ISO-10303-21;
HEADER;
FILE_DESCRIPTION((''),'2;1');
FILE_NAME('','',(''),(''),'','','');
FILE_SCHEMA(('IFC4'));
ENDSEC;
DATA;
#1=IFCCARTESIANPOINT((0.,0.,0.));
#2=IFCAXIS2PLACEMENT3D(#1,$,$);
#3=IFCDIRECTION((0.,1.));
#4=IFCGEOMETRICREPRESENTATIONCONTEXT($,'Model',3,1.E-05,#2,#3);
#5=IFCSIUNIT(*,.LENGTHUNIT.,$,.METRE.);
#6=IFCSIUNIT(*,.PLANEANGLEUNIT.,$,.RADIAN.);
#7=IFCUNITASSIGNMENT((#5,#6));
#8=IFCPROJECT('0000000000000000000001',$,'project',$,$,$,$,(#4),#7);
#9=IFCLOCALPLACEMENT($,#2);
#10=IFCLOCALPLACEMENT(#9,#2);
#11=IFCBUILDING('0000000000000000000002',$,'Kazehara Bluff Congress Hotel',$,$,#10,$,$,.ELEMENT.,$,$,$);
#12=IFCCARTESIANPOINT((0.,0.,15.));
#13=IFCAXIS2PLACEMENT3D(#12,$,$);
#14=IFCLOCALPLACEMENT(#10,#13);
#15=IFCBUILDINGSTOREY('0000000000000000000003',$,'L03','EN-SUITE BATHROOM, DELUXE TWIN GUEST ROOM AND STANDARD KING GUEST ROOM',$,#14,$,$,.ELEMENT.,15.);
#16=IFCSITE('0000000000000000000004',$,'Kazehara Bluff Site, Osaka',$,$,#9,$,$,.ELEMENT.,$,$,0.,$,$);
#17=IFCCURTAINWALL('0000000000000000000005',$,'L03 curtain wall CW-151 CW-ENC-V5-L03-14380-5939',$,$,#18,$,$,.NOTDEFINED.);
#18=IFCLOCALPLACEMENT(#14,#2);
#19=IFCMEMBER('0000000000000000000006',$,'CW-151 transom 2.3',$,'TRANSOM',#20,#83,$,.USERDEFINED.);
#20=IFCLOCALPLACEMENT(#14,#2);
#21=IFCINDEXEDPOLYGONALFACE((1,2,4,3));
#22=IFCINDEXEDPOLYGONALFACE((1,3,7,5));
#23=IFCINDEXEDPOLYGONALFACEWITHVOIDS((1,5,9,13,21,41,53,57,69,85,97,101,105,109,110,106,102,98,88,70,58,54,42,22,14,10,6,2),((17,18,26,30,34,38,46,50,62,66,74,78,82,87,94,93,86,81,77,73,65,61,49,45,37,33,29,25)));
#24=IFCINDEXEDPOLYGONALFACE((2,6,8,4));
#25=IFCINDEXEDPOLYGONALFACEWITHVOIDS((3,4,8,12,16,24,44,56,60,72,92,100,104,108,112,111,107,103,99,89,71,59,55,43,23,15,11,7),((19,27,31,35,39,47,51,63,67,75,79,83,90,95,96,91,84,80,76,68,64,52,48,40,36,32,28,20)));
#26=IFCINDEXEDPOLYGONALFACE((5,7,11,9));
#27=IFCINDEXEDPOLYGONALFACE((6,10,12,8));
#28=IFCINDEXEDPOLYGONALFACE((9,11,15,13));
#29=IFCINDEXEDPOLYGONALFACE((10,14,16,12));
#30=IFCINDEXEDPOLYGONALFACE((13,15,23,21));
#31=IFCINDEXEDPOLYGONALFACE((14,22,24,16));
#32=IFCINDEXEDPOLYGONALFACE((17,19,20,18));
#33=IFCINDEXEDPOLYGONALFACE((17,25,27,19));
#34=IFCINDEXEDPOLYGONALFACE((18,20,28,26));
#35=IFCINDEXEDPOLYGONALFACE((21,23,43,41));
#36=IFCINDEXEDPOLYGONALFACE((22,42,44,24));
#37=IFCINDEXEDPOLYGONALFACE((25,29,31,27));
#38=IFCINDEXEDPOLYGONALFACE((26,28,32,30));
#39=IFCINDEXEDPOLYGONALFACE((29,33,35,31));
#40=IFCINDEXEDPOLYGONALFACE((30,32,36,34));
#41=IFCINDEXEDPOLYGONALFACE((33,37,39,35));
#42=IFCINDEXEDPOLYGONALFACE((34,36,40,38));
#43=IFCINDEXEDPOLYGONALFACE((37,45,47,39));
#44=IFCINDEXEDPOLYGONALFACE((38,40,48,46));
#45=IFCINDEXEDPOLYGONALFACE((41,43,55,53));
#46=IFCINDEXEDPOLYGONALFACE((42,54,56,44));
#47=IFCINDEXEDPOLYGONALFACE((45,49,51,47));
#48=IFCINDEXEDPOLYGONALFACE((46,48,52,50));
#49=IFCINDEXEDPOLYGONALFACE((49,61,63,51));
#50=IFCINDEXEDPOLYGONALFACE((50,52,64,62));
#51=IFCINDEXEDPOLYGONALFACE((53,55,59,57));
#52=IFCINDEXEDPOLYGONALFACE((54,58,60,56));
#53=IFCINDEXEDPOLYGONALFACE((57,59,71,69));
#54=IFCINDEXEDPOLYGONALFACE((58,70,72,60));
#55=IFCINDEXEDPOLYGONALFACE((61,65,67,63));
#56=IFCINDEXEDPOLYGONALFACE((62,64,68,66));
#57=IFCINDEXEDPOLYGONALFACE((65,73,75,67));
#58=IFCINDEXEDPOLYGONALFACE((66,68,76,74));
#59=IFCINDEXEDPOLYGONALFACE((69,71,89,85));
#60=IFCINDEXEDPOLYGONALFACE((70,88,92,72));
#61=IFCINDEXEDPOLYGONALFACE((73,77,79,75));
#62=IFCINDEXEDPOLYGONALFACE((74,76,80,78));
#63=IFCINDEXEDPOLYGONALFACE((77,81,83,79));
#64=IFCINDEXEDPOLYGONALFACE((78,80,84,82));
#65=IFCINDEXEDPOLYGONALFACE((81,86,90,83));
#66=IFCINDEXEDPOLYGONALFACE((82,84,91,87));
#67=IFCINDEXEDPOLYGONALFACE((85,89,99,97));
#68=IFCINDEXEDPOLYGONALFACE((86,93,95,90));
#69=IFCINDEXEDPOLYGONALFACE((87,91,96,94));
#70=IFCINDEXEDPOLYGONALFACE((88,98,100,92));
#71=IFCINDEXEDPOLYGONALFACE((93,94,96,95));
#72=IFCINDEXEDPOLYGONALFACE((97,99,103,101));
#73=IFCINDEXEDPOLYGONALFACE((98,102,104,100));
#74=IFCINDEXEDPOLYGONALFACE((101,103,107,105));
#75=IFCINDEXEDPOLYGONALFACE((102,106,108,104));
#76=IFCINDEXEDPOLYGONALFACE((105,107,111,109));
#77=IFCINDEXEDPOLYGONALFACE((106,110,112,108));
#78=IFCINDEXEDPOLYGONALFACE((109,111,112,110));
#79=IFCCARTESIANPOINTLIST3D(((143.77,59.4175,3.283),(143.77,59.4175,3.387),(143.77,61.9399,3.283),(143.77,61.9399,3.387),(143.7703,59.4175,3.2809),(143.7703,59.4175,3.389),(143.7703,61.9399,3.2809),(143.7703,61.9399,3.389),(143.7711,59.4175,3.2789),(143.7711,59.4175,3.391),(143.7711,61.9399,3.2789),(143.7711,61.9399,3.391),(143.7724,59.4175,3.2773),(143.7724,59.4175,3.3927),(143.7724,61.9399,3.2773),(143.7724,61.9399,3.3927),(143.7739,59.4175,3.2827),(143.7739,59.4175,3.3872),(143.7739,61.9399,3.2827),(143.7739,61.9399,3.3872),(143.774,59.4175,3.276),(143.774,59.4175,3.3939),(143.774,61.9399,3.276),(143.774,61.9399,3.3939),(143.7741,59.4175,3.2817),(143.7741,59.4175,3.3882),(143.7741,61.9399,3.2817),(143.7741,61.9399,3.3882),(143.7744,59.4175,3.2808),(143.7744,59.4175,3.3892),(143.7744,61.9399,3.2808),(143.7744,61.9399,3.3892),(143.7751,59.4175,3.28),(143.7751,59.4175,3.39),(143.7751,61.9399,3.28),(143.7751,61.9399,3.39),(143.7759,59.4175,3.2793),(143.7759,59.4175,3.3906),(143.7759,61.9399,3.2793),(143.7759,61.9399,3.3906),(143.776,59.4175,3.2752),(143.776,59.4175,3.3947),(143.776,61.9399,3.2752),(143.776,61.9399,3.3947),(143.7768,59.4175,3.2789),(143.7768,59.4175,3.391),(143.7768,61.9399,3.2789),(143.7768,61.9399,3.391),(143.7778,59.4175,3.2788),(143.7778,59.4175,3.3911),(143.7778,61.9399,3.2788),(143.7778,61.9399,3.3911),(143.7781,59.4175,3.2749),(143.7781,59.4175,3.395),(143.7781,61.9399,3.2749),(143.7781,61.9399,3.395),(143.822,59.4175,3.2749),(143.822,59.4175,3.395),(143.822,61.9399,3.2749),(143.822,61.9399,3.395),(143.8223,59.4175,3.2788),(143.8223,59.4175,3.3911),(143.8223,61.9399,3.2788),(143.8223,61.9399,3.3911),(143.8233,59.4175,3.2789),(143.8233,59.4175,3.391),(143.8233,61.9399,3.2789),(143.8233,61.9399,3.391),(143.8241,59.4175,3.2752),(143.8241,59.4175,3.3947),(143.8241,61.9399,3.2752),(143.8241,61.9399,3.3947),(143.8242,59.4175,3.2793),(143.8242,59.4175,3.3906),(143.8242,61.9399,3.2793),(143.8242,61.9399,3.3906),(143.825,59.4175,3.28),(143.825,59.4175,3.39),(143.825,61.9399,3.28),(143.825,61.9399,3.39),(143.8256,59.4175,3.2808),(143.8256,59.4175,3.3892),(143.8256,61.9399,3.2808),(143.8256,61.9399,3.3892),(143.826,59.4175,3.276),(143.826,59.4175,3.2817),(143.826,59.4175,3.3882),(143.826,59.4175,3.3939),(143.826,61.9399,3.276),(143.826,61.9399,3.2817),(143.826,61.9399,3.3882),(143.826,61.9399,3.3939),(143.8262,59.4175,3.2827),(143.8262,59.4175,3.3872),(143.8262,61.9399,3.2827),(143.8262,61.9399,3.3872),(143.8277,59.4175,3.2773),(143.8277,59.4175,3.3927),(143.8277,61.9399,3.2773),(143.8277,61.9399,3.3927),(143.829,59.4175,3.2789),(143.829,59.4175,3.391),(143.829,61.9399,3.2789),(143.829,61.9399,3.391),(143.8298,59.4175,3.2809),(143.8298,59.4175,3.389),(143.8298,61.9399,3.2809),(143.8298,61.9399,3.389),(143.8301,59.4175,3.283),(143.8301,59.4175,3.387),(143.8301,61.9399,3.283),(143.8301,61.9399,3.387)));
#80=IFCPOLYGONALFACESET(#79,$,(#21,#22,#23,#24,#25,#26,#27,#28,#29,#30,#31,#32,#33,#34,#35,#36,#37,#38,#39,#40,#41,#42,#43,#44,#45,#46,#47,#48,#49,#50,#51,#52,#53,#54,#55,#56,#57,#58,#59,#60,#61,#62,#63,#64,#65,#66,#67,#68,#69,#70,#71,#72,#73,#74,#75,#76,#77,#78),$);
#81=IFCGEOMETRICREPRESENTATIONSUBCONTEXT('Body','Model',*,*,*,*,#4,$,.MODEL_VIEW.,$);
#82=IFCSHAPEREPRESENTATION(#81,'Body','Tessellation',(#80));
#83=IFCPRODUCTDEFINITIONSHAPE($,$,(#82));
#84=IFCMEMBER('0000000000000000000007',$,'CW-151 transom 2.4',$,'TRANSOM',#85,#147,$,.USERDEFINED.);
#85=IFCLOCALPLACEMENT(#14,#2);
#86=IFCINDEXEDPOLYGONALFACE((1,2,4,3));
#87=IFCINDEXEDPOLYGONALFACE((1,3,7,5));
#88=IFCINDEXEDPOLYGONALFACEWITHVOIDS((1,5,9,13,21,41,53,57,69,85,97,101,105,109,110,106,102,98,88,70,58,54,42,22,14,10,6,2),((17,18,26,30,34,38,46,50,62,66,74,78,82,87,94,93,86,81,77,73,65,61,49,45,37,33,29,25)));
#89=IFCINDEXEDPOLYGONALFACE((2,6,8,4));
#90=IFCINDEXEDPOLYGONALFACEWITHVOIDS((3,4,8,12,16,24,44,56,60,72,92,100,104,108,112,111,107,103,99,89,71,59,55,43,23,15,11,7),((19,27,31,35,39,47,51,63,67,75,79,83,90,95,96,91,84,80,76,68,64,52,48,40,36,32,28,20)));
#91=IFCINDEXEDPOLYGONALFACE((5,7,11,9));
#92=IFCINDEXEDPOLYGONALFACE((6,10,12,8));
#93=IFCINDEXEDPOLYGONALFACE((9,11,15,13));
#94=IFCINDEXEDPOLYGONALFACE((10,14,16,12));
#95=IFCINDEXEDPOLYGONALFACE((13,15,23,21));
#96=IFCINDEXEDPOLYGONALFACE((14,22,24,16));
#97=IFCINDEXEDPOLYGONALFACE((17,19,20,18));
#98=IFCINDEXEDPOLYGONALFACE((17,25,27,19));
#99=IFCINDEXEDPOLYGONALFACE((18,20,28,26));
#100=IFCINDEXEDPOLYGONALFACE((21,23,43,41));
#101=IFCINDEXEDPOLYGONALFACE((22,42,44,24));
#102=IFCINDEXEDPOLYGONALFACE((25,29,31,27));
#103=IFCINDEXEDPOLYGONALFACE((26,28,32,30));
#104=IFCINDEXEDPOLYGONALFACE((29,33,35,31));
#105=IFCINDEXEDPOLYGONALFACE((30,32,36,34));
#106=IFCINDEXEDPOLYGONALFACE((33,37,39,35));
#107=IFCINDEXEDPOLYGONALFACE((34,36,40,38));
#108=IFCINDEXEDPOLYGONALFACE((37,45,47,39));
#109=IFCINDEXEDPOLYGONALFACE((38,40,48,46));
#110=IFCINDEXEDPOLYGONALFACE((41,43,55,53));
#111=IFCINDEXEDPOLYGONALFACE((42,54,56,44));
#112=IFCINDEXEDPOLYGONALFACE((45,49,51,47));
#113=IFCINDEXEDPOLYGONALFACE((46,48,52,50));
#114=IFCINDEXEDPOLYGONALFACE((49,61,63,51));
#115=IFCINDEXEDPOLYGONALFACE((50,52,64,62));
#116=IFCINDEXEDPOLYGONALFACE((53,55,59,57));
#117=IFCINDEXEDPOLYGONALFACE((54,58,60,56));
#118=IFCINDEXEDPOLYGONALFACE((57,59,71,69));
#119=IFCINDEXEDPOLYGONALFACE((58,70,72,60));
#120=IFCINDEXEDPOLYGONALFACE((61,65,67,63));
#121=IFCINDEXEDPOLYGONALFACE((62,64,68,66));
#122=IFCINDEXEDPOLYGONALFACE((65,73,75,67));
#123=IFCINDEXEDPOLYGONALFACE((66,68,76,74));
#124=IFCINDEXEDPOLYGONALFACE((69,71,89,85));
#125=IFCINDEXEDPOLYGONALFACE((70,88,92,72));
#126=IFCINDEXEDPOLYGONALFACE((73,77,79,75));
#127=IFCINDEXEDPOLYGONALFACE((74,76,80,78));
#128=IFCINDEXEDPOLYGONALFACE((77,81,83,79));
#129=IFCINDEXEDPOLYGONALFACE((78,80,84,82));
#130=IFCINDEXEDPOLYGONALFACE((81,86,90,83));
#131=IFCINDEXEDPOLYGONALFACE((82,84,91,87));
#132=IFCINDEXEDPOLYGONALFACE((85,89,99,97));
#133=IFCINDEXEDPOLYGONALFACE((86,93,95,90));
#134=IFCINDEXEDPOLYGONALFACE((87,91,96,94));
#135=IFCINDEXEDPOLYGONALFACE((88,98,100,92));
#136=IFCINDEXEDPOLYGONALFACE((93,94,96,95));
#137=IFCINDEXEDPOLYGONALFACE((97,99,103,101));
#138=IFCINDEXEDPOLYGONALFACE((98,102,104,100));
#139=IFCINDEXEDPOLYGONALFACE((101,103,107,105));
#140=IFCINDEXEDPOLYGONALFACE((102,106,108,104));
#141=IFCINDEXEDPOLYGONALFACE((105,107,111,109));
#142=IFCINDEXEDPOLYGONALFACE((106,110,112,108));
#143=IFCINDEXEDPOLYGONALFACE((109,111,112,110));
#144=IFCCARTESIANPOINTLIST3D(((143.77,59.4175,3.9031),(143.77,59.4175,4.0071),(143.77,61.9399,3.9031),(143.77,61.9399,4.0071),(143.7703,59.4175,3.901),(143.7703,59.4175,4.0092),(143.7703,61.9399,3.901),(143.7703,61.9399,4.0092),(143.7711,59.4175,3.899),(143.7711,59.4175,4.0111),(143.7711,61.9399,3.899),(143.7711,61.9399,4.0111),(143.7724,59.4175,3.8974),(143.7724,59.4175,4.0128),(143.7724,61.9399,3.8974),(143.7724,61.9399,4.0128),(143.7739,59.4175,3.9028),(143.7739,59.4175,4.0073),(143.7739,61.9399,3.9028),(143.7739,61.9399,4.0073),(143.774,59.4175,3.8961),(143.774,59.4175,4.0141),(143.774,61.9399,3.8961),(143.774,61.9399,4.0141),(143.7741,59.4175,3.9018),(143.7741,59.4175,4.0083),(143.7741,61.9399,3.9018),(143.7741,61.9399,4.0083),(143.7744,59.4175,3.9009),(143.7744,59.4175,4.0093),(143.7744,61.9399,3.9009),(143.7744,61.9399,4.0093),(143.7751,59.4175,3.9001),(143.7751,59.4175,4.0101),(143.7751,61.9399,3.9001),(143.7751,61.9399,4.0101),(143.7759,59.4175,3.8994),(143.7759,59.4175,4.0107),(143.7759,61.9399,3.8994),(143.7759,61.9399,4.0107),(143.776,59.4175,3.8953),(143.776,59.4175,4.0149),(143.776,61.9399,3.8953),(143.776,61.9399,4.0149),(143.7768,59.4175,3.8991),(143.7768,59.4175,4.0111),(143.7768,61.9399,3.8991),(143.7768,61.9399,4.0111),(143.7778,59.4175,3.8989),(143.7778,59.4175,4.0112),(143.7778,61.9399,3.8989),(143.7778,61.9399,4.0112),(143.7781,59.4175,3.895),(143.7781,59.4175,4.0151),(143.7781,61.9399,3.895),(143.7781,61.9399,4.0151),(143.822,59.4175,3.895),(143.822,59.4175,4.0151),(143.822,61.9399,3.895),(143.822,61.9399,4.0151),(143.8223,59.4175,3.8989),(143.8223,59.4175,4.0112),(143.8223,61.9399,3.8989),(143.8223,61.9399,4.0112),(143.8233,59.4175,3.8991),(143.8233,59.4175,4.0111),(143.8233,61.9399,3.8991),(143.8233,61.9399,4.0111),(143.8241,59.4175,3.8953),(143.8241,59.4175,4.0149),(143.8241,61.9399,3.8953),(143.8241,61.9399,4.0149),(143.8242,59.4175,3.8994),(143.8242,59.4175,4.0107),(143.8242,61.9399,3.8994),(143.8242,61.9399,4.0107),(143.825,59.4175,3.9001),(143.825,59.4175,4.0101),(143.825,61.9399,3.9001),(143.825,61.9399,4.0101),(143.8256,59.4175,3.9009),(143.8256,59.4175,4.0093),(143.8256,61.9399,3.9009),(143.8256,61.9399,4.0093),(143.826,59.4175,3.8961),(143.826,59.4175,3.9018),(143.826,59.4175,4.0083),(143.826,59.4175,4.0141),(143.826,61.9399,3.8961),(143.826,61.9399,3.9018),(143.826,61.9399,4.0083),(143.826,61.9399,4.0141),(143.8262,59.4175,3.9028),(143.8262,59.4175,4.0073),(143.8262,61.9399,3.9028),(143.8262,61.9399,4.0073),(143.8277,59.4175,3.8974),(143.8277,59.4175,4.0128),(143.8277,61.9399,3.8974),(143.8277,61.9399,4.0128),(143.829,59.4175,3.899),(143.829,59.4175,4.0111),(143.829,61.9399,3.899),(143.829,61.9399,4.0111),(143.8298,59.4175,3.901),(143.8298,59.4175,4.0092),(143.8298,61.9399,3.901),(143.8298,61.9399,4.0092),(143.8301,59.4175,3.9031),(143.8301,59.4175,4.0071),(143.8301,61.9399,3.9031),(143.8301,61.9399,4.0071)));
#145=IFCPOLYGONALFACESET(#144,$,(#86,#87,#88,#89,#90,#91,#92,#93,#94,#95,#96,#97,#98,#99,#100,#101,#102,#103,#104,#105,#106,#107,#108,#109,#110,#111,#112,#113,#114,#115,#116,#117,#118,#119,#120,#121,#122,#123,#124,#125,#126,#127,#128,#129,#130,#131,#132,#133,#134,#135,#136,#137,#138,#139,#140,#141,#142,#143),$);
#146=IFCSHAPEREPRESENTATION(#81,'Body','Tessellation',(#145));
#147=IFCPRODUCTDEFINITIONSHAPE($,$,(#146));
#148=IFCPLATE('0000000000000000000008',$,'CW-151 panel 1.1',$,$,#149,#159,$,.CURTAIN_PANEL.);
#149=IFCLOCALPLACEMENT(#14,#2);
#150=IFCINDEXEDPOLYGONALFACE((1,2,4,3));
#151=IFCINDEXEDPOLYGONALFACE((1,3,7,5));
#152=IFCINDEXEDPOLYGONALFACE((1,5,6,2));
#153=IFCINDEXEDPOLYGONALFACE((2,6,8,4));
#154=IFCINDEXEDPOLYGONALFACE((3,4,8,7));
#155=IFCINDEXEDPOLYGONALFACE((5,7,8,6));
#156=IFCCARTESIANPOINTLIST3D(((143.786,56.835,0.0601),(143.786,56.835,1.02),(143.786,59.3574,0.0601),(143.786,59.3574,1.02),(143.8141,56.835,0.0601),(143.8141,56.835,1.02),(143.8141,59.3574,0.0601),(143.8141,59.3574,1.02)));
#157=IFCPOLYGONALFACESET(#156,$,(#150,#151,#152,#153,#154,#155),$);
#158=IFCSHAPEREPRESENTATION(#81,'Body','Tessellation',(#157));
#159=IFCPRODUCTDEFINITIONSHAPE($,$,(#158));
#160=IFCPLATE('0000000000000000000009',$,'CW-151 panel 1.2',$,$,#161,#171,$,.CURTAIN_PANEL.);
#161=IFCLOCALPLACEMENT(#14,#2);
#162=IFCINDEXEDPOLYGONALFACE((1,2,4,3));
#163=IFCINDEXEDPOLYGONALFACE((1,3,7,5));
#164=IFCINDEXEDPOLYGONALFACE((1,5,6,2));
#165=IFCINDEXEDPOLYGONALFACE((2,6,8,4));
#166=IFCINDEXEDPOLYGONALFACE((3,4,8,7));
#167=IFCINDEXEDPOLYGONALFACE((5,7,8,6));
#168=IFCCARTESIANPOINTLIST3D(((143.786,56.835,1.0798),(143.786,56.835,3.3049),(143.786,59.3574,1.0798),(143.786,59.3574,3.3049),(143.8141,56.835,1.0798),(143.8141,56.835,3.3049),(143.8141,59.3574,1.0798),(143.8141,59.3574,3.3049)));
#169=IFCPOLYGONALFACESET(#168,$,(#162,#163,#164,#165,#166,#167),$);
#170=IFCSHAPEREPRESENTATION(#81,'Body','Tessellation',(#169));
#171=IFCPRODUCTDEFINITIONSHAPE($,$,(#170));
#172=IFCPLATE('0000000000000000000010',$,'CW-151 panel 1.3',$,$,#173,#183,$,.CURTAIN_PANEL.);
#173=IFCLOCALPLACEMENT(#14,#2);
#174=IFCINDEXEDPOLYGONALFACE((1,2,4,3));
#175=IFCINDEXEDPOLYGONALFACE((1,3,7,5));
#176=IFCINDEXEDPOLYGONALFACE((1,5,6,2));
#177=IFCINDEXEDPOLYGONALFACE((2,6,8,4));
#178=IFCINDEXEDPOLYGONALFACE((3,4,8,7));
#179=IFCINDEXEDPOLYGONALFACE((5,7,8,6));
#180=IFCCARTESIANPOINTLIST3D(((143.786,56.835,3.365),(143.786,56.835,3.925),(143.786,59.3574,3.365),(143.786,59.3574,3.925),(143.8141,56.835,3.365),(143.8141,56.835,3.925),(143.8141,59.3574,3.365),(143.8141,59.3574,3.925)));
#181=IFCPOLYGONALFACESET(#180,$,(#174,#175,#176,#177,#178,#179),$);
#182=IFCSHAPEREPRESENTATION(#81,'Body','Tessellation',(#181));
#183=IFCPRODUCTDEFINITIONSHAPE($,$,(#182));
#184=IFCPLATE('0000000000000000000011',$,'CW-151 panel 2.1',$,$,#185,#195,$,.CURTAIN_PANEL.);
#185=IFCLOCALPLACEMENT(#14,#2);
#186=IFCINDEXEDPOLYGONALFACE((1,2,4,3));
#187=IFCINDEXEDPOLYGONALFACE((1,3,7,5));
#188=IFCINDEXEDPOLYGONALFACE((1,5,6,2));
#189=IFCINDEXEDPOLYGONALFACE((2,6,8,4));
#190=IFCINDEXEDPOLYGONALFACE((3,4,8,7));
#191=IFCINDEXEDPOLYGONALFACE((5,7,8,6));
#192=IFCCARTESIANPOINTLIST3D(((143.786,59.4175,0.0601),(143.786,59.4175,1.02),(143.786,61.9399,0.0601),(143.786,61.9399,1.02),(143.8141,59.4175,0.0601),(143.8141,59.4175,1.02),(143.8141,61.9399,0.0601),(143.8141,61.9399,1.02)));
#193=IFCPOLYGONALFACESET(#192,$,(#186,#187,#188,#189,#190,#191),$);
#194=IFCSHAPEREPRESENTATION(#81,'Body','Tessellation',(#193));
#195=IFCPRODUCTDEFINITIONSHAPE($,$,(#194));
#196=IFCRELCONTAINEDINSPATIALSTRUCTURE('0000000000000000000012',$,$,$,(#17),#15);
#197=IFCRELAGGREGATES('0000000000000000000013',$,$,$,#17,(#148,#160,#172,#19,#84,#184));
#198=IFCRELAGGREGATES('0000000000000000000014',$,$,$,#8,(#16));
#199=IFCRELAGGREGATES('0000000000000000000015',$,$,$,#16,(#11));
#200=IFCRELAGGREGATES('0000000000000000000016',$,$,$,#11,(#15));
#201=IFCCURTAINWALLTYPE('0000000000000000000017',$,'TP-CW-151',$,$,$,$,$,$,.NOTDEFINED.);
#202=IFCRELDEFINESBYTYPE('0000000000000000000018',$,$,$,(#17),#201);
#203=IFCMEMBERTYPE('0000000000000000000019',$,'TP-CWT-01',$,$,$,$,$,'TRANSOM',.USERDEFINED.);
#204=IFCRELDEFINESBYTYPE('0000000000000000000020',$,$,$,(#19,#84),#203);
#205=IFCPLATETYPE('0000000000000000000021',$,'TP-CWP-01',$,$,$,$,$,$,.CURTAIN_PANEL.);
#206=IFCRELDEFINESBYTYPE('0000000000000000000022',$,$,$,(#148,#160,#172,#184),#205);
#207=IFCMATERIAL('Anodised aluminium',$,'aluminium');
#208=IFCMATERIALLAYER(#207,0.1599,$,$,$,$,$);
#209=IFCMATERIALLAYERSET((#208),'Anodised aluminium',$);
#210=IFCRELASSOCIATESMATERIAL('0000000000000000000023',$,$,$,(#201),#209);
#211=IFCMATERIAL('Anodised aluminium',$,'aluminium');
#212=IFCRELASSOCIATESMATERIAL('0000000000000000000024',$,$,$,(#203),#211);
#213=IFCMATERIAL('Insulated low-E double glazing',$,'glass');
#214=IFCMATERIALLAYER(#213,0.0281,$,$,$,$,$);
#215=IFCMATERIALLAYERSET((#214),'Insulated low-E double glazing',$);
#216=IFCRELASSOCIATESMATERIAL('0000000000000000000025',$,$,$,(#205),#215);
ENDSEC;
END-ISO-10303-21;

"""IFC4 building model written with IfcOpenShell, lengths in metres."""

from ifc_helpers import new_model, si_unit, direction, frame, origin, origin_2d, place, context, subcontext, project, spatial, rectangle, hollow_rectangle, extrude, material, layer, layer_set, material_profile, profile_set, type_object, element, aggregate, save


model = new_model("IFC4")

# Units and contexts
model_context = context("Model", 3, precision=1e-05, world=origin(), true_north=direction((0.0, 1.0)))
body_context = subcontext(model_context, "Body", "Model", "MODEL_VIEW")
ifc_project = project(units=[si_unit("LENGTHUNIT", "METRE"), si_unit("PLANEANGLEUNIT", "RADIAN")], contexts=[model_context])

# Site, building, storey
site_placement = place(None, origin())
site = spatial("IfcSite", under=ifc_project, at=site_placement, Name="Kazehara Bluff Site, Osaka", CompositionType="ELEMENT", RefElevation=0.0)
building_placement = place(site_placement, origin())
building = spatial("IfcBuilding", under=site, at=building_placement, Name="Kazehara Bluff Congress Hotel", CompositionType="ELEMENT")
storey_placement = place(building_placement, frame((0.0, 0.0, 15.0)))
storey = spatial("IfcBuildingStorey", under=building, at=storey_placement, Name="L03", Description="EN-SUITE BATHROOM, DELUXE TWIN GUEST ROOM AND STANDARD KING GUEST ROOM", CompositionType="ELEMENT", Elevation=15.0)

# Curtain wall, members, plates
ifc_material_1 = material(Name="Anodised aluminium", Category="aluminium")
ifc_layer_1 = layer(ifc_material_1, 0.1599)
ifc_layer_set_1 = layer_set([ifc_layer_1], Name="Anodised aluminium")
curtain_wall_type = type_object("IfcCurtainWallType", Name="TP-CW-151", PredefinedType="NOTDEFINED", material=ifc_layer_set_1)
curtain_wall_placement = place(storey_placement, origin())
curtain_wall = element("IfcCurtainWall", 1, at=curtain_wall_placement, inside=storey, type_object=curtain_wall_type, Name="L03 curtain wall CW-151 CW-ENC-V5-L03-14380-5939", PredefinedType="NOTDEFINED")
ifc_material_2 = material(Name="Anodised aluminium", Category="aluminium")
ifc_material_profile_1 = material_profile(ifc_material_2, hollow_rectangle(XDim=0.0601, YDim=0.1201, WallThickness=0.0039, InnerFilletRadius=0.0039, OuterFilletRadius=0.0081, at=origin_2d()))
ifc_profile_set_1 = profile_set([ifc_material_profile_1], Name="Anodised aluminium")
member_type_1 = type_object("IfcMemberType", Name="TP-CWT-01", ElementType="TRANSOM", PredefinedType="USERDEFINED", material=ifc_profile_set_1)
member_1_placement = place(storey_placement, frame((143.8, 59.4175, 3.335), z_axis=(0.0, 1.0, 0.0), x_axis=(-1.0, 0.0, 0.0)))
member_1 = element("IfcMember", 2, at=member_1_placement, type_object=member_type_1, Name="CW-151 transom 2.3", ObjectType="TRANSOM", PredefinedType="USERDEFINED", context=body_context, shape_type="SweptSolid", body=[
    extrude(hollow_rectangle(XDim=0.0601, YDim=0.1201, WallThickness=0.0039, InnerFilletRadius=0.0039, OuterFilletRadius=0.0081, at=origin_2d()), origin(), (0.0, 0.0, 1.0), 2.5225),
])
member_2_placement = place(storey_placement, frame((143.8, 59.4175, 3.9551), z_axis=(0.0, 1.0, 0.0), x_axis=(-1.0, 0.0, 0.0)))
member_2 = element("IfcMember", 3, at=member_2_placement, type_object=member_type_1, Name="CW-151 transom 2.4", ObjectType="TRANSOM", PredefinedType="USERDEFINED", context=body_context, shape_type="SweptSolid", body=[
    extrude(hollow_rectangle(XDim=0.0601, YDim=0.1201, WallThickness=0.0039, InnerFilletRadius=0.0039, OuterFilletRadius=0.0081, at=origin_2d()), origin(), (0.0, 0.0, 1.0), 2.5225),
])
ifc_material_3 = material(Name="Insulated low-E double glazing", Category="glass")
ifc_layer_2 = layer(ifc_material_3, 0.0281)
ifc_layer_set_2 = layer_set([ifc_layer_2], Name="Insulated low-E double glazing")
plate_type = type_object("IfcPlateType", Name="TP-CWP-01", PredefinedType="CURTAIN_PANEL", material=ifc_layer_set_2)
plate_1_placement = place(storey_placement, frame((143.8, 58.0962, 0.0601), z_axis=(0.0, 0.0, 1.0), x_axis=(0.0, 1.0, 0.0)))
plate_1 = element("IfcPlate", 4, at=plate_1_placement, type_object=plate_type, Name="CW-151 panel 1.1", PredefinedType="CURTAIN_PANEL", context=body_context, shape_type="SweptSolid", body=[
    extrude(rectangle(XDim=2.5225, YDim=0.0281, at=origin_2d()), origin(), (0.0, 0.0, 1.0), 0.96),
])
plate_2_placement = place(storey_placement, frame((143.8, 58.0962, 1.0798), z_axis=(0.0, 0.0, 1.0), x_axis=(0.0, 1.0, 0.0)))
plate_2 = element("IfcPlate", 5, at=plate_2_placement, type_object=plate_type, Name="CW-151 panel 1.2", PredefinedType="CURTAIN_PANEL", context=body_context, shape_type="SweptSolid", body=[
    extrude(rectangle(XDim=2.5225, YDim=0.0281, at=origin_2d()), origin(), (0.0, 0.0, 1.0), 2.2251),
])
plate_3_placement = place(storey_placement, frame((143.8, 58.0962, 3.365), z_axis=(0.0, 0.0, 1.0), x_axis=(0.0, 1.0, 0.0)))
plate_3 = element("IfcPlate", 6, at=plate_3_placement, type_object=plate_type, Name="CW-151 panel 1.3", PredefinedType="CURTAIN_PANEL", context=body_context, shape_type="SweptSolid", body=[
    extrude(rectangle(XDim=2.5225, YDim=0.0281, at=origin_2d()), origin(), (0.0, 0.0, 1.0), 0.5601),
])
plate_4_placement = place(storey_placement, frame((143.8, 60.6787, 0.0601), z_axis=(0.0, 0.0, 1.0), x_axis=(0.0, 1.0, 0.0)))
plate_4 = element("IfcPlate", 7, at=plate_4_placement, type_object=plate_type, Name="CW-151 panel 2.1", PredefinedType="CURTAIN_PANEL", context=body_context, shape_type="SweptSolid", body=[
    extrude(rectangle(XDim=2.5225, YDim=0.0281, at=origin_2d()), origin(), (0.0, 0.0, 1.0), 0.96),
])
aggregate(curtain_wall, [plate_1, plate_2, plate_3, member_1, member_2, plate_4])

save(model, "model.ifc")
